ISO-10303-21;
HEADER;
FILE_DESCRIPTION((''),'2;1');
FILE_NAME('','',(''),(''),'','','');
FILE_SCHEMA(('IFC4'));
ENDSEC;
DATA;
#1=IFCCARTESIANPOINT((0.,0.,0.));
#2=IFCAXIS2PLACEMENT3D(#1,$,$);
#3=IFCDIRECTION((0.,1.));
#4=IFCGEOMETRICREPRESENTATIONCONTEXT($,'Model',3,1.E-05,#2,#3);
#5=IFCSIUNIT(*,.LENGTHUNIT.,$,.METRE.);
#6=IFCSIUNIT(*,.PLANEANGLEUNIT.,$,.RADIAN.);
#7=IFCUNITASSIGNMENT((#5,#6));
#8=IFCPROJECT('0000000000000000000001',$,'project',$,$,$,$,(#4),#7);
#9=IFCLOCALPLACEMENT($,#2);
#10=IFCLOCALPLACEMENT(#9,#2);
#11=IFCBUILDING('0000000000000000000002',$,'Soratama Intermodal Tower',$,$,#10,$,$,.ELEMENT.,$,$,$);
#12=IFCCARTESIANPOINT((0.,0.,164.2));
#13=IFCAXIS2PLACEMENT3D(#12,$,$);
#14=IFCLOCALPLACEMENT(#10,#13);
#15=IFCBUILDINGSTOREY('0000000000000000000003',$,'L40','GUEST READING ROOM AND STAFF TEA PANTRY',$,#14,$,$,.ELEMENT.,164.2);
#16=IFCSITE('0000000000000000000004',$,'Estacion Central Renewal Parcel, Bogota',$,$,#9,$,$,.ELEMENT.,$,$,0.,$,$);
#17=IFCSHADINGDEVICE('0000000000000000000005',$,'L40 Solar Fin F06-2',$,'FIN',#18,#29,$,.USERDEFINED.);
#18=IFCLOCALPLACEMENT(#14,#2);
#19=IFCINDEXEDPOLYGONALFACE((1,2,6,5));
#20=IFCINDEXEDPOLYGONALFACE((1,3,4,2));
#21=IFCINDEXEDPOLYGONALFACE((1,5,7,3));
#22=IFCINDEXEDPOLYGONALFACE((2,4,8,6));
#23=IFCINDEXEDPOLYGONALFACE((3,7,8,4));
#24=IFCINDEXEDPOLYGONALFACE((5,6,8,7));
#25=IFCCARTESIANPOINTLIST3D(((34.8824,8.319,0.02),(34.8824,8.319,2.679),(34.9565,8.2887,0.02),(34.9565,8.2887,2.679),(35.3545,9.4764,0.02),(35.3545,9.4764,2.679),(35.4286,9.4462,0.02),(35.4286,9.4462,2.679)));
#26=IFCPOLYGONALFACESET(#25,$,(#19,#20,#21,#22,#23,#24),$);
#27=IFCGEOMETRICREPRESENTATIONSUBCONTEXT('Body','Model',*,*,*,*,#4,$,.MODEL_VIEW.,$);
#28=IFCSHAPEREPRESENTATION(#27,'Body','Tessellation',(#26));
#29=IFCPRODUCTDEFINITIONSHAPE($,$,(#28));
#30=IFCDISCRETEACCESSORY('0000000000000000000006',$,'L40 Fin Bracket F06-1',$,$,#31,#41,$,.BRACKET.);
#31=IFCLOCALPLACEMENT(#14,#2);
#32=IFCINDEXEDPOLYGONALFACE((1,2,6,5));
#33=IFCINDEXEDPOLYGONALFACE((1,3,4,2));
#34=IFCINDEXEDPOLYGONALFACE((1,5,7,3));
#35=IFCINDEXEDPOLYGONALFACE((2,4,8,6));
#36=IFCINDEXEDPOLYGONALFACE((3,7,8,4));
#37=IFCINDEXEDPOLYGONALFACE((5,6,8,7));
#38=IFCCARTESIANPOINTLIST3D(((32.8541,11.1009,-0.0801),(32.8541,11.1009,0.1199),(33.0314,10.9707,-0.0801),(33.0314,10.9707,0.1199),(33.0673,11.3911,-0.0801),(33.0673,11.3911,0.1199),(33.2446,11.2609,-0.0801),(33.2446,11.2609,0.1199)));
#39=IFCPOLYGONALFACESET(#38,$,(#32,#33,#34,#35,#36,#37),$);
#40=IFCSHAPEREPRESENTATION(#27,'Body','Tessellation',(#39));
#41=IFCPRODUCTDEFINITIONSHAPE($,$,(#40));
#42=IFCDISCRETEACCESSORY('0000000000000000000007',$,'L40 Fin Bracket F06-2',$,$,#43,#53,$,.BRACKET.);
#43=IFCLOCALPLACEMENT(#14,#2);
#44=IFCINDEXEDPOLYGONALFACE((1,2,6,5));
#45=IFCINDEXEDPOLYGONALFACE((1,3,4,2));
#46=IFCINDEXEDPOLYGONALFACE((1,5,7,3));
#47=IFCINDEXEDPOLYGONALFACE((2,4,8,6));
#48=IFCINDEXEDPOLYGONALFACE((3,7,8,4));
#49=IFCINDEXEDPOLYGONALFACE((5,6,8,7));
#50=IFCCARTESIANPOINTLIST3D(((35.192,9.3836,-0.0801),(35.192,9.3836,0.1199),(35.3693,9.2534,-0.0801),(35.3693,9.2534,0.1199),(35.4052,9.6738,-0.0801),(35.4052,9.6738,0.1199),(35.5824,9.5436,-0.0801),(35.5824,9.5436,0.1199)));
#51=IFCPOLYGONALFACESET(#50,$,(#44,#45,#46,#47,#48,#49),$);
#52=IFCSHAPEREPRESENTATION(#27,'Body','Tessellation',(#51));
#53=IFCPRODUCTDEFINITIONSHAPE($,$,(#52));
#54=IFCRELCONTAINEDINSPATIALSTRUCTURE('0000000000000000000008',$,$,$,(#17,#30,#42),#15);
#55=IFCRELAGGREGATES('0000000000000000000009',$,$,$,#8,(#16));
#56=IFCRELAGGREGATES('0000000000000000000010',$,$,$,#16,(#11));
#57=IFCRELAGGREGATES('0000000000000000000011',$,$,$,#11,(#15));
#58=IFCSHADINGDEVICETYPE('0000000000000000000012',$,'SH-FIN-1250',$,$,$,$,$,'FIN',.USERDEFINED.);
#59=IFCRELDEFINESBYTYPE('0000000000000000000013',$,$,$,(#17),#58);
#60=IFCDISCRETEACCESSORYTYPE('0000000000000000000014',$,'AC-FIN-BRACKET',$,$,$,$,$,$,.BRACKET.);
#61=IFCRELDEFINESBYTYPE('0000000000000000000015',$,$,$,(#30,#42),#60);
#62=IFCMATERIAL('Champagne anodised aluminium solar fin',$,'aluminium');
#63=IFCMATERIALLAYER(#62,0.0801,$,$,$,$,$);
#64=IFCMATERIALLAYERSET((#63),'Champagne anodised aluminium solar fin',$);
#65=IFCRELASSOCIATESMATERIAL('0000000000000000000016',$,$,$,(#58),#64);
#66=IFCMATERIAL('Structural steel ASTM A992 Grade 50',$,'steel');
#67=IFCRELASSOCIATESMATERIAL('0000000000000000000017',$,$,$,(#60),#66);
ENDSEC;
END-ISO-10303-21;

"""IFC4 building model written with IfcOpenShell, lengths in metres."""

from ifc_helpers import new_model, si_unit, direction, frame, origin, origin_2d, place, context, subcontext, project, spatial, rectangle, extrude, material, layer, layer_set, type_object, element, save


model = new_model("IFC4")

# Units and contexts
model_context = context("Model", 3, precision=1e-05, world=origin(), true_north=direction((0.0, 1.0)))
body_context = subcontext(model_context, "Body", "Model", "MODEL_VIEW")
ifc_project = project(units=[si_unit("LENGTHUNIT", "METRE"), si_unit("PLANEANGLEUNIT", "RADIAN")], contexts=[model_context])

# Site, building, storey
site_placement = place(None, origin())
site = spatial("IfcSite", under=ifc_project, at=site_placement, Name="Estacion Central Renewal Parcel, Bogota", CompositionType="ELEMENT", RefElevation=0.0)
building_placement = place(site_placement, origin())
building = spatial("IfcBuilding", under=site, at=building_placement, Name="Soratama Intermodal Tower", CompositionType="ELEMENT")
storey_placement = place(building_placement, frame((0.0, 0.0, 164.2)))
storey = spatial("IfcBuildingStorey", under=building, at=storey_placement, Name="L40", Description="GUEST READING ROOM AND STAFF TEA PANTRY", CompositionType="ELEMENT", Elevation=164.2)

# Shading device
ifc_material_1 = material(Name="Champagne anodised aluminium solar fin", Category="aluminium")
ifc_layer_1 = layer(ifc_material_1, 0.0801)
ifc_layer_set_1 = layer_set([ifc_layer_1], Name="Champagne anodised aluminium solar fin")
shading_device_type = type_object("IfcShadingDeviceType", Name="SH-FIN-1250", ElementType="FIN", PredefinedType="USERDEFINED", material=ifc_layer_set_1)
shading_device_placement = place(storey_placement, frame((35.1555, 8.8826, 0.02), z_axis=(0.0, 0.0, 1.0), x_axis=(-0.377679, -0.925937, 0.0)))
element("IfcShadingDevice", 1, at=shading_device_placement, inside=storey, type_object=shading_device_type, Name="L40 Solar Fin F06-2", ObjectType="FIN", PredefinedType="USERDEFINED", context=body_context, shape_type="SweptSolid", body=[
    extrude(rectangle(XDim=1.25, YDim=0.0801, at=origin_2d()), origin(), (0.0, 0.0, 1.0), 2.6589),
])

# Discrete accessories
ifc_material_2 = material(Name="Structural steel ASTM A992 Grade 50", Category="steel")
discrete_accessory_type = type_object("IfcDiscreteAccessoryType", Name="AC-FIN-BRACKET", PredefinedType="BRACKET", material=ifc_material_2)
for number, where, z_axis, x_axis, name in (
    (2, (33.0493, 11.1809, -0.0801), (0.0, 0.0, 1.0), (-0.592013, -0.805928, 0.0), "L40 Fin Bracket F06-1"),
    (3, (35.3872, 9.4636, -0.0801), (0.0, 0.0, 1.0), (-0.592013, -0.805928, 0.0), "L40 Fin Bracket F06-2"),
):
    element("IfcDiscreteAccessory", number, at=place(storey_placement, frame(where, z_axis=z_axis, x_axis=x_axis)), inside=storey, type_object=discrete_accessory_type, Name=name, PredefinedType="BRACKET", context=body_context, shape_type="SweptSolid", body=[
        extrude(rectangle(XDim=0.3601, YDim=0.22, at=origin_2d()), origin(), (0.0, 0.0, 1.0), 0.2),
    ])

save(model, "model.ifc")
